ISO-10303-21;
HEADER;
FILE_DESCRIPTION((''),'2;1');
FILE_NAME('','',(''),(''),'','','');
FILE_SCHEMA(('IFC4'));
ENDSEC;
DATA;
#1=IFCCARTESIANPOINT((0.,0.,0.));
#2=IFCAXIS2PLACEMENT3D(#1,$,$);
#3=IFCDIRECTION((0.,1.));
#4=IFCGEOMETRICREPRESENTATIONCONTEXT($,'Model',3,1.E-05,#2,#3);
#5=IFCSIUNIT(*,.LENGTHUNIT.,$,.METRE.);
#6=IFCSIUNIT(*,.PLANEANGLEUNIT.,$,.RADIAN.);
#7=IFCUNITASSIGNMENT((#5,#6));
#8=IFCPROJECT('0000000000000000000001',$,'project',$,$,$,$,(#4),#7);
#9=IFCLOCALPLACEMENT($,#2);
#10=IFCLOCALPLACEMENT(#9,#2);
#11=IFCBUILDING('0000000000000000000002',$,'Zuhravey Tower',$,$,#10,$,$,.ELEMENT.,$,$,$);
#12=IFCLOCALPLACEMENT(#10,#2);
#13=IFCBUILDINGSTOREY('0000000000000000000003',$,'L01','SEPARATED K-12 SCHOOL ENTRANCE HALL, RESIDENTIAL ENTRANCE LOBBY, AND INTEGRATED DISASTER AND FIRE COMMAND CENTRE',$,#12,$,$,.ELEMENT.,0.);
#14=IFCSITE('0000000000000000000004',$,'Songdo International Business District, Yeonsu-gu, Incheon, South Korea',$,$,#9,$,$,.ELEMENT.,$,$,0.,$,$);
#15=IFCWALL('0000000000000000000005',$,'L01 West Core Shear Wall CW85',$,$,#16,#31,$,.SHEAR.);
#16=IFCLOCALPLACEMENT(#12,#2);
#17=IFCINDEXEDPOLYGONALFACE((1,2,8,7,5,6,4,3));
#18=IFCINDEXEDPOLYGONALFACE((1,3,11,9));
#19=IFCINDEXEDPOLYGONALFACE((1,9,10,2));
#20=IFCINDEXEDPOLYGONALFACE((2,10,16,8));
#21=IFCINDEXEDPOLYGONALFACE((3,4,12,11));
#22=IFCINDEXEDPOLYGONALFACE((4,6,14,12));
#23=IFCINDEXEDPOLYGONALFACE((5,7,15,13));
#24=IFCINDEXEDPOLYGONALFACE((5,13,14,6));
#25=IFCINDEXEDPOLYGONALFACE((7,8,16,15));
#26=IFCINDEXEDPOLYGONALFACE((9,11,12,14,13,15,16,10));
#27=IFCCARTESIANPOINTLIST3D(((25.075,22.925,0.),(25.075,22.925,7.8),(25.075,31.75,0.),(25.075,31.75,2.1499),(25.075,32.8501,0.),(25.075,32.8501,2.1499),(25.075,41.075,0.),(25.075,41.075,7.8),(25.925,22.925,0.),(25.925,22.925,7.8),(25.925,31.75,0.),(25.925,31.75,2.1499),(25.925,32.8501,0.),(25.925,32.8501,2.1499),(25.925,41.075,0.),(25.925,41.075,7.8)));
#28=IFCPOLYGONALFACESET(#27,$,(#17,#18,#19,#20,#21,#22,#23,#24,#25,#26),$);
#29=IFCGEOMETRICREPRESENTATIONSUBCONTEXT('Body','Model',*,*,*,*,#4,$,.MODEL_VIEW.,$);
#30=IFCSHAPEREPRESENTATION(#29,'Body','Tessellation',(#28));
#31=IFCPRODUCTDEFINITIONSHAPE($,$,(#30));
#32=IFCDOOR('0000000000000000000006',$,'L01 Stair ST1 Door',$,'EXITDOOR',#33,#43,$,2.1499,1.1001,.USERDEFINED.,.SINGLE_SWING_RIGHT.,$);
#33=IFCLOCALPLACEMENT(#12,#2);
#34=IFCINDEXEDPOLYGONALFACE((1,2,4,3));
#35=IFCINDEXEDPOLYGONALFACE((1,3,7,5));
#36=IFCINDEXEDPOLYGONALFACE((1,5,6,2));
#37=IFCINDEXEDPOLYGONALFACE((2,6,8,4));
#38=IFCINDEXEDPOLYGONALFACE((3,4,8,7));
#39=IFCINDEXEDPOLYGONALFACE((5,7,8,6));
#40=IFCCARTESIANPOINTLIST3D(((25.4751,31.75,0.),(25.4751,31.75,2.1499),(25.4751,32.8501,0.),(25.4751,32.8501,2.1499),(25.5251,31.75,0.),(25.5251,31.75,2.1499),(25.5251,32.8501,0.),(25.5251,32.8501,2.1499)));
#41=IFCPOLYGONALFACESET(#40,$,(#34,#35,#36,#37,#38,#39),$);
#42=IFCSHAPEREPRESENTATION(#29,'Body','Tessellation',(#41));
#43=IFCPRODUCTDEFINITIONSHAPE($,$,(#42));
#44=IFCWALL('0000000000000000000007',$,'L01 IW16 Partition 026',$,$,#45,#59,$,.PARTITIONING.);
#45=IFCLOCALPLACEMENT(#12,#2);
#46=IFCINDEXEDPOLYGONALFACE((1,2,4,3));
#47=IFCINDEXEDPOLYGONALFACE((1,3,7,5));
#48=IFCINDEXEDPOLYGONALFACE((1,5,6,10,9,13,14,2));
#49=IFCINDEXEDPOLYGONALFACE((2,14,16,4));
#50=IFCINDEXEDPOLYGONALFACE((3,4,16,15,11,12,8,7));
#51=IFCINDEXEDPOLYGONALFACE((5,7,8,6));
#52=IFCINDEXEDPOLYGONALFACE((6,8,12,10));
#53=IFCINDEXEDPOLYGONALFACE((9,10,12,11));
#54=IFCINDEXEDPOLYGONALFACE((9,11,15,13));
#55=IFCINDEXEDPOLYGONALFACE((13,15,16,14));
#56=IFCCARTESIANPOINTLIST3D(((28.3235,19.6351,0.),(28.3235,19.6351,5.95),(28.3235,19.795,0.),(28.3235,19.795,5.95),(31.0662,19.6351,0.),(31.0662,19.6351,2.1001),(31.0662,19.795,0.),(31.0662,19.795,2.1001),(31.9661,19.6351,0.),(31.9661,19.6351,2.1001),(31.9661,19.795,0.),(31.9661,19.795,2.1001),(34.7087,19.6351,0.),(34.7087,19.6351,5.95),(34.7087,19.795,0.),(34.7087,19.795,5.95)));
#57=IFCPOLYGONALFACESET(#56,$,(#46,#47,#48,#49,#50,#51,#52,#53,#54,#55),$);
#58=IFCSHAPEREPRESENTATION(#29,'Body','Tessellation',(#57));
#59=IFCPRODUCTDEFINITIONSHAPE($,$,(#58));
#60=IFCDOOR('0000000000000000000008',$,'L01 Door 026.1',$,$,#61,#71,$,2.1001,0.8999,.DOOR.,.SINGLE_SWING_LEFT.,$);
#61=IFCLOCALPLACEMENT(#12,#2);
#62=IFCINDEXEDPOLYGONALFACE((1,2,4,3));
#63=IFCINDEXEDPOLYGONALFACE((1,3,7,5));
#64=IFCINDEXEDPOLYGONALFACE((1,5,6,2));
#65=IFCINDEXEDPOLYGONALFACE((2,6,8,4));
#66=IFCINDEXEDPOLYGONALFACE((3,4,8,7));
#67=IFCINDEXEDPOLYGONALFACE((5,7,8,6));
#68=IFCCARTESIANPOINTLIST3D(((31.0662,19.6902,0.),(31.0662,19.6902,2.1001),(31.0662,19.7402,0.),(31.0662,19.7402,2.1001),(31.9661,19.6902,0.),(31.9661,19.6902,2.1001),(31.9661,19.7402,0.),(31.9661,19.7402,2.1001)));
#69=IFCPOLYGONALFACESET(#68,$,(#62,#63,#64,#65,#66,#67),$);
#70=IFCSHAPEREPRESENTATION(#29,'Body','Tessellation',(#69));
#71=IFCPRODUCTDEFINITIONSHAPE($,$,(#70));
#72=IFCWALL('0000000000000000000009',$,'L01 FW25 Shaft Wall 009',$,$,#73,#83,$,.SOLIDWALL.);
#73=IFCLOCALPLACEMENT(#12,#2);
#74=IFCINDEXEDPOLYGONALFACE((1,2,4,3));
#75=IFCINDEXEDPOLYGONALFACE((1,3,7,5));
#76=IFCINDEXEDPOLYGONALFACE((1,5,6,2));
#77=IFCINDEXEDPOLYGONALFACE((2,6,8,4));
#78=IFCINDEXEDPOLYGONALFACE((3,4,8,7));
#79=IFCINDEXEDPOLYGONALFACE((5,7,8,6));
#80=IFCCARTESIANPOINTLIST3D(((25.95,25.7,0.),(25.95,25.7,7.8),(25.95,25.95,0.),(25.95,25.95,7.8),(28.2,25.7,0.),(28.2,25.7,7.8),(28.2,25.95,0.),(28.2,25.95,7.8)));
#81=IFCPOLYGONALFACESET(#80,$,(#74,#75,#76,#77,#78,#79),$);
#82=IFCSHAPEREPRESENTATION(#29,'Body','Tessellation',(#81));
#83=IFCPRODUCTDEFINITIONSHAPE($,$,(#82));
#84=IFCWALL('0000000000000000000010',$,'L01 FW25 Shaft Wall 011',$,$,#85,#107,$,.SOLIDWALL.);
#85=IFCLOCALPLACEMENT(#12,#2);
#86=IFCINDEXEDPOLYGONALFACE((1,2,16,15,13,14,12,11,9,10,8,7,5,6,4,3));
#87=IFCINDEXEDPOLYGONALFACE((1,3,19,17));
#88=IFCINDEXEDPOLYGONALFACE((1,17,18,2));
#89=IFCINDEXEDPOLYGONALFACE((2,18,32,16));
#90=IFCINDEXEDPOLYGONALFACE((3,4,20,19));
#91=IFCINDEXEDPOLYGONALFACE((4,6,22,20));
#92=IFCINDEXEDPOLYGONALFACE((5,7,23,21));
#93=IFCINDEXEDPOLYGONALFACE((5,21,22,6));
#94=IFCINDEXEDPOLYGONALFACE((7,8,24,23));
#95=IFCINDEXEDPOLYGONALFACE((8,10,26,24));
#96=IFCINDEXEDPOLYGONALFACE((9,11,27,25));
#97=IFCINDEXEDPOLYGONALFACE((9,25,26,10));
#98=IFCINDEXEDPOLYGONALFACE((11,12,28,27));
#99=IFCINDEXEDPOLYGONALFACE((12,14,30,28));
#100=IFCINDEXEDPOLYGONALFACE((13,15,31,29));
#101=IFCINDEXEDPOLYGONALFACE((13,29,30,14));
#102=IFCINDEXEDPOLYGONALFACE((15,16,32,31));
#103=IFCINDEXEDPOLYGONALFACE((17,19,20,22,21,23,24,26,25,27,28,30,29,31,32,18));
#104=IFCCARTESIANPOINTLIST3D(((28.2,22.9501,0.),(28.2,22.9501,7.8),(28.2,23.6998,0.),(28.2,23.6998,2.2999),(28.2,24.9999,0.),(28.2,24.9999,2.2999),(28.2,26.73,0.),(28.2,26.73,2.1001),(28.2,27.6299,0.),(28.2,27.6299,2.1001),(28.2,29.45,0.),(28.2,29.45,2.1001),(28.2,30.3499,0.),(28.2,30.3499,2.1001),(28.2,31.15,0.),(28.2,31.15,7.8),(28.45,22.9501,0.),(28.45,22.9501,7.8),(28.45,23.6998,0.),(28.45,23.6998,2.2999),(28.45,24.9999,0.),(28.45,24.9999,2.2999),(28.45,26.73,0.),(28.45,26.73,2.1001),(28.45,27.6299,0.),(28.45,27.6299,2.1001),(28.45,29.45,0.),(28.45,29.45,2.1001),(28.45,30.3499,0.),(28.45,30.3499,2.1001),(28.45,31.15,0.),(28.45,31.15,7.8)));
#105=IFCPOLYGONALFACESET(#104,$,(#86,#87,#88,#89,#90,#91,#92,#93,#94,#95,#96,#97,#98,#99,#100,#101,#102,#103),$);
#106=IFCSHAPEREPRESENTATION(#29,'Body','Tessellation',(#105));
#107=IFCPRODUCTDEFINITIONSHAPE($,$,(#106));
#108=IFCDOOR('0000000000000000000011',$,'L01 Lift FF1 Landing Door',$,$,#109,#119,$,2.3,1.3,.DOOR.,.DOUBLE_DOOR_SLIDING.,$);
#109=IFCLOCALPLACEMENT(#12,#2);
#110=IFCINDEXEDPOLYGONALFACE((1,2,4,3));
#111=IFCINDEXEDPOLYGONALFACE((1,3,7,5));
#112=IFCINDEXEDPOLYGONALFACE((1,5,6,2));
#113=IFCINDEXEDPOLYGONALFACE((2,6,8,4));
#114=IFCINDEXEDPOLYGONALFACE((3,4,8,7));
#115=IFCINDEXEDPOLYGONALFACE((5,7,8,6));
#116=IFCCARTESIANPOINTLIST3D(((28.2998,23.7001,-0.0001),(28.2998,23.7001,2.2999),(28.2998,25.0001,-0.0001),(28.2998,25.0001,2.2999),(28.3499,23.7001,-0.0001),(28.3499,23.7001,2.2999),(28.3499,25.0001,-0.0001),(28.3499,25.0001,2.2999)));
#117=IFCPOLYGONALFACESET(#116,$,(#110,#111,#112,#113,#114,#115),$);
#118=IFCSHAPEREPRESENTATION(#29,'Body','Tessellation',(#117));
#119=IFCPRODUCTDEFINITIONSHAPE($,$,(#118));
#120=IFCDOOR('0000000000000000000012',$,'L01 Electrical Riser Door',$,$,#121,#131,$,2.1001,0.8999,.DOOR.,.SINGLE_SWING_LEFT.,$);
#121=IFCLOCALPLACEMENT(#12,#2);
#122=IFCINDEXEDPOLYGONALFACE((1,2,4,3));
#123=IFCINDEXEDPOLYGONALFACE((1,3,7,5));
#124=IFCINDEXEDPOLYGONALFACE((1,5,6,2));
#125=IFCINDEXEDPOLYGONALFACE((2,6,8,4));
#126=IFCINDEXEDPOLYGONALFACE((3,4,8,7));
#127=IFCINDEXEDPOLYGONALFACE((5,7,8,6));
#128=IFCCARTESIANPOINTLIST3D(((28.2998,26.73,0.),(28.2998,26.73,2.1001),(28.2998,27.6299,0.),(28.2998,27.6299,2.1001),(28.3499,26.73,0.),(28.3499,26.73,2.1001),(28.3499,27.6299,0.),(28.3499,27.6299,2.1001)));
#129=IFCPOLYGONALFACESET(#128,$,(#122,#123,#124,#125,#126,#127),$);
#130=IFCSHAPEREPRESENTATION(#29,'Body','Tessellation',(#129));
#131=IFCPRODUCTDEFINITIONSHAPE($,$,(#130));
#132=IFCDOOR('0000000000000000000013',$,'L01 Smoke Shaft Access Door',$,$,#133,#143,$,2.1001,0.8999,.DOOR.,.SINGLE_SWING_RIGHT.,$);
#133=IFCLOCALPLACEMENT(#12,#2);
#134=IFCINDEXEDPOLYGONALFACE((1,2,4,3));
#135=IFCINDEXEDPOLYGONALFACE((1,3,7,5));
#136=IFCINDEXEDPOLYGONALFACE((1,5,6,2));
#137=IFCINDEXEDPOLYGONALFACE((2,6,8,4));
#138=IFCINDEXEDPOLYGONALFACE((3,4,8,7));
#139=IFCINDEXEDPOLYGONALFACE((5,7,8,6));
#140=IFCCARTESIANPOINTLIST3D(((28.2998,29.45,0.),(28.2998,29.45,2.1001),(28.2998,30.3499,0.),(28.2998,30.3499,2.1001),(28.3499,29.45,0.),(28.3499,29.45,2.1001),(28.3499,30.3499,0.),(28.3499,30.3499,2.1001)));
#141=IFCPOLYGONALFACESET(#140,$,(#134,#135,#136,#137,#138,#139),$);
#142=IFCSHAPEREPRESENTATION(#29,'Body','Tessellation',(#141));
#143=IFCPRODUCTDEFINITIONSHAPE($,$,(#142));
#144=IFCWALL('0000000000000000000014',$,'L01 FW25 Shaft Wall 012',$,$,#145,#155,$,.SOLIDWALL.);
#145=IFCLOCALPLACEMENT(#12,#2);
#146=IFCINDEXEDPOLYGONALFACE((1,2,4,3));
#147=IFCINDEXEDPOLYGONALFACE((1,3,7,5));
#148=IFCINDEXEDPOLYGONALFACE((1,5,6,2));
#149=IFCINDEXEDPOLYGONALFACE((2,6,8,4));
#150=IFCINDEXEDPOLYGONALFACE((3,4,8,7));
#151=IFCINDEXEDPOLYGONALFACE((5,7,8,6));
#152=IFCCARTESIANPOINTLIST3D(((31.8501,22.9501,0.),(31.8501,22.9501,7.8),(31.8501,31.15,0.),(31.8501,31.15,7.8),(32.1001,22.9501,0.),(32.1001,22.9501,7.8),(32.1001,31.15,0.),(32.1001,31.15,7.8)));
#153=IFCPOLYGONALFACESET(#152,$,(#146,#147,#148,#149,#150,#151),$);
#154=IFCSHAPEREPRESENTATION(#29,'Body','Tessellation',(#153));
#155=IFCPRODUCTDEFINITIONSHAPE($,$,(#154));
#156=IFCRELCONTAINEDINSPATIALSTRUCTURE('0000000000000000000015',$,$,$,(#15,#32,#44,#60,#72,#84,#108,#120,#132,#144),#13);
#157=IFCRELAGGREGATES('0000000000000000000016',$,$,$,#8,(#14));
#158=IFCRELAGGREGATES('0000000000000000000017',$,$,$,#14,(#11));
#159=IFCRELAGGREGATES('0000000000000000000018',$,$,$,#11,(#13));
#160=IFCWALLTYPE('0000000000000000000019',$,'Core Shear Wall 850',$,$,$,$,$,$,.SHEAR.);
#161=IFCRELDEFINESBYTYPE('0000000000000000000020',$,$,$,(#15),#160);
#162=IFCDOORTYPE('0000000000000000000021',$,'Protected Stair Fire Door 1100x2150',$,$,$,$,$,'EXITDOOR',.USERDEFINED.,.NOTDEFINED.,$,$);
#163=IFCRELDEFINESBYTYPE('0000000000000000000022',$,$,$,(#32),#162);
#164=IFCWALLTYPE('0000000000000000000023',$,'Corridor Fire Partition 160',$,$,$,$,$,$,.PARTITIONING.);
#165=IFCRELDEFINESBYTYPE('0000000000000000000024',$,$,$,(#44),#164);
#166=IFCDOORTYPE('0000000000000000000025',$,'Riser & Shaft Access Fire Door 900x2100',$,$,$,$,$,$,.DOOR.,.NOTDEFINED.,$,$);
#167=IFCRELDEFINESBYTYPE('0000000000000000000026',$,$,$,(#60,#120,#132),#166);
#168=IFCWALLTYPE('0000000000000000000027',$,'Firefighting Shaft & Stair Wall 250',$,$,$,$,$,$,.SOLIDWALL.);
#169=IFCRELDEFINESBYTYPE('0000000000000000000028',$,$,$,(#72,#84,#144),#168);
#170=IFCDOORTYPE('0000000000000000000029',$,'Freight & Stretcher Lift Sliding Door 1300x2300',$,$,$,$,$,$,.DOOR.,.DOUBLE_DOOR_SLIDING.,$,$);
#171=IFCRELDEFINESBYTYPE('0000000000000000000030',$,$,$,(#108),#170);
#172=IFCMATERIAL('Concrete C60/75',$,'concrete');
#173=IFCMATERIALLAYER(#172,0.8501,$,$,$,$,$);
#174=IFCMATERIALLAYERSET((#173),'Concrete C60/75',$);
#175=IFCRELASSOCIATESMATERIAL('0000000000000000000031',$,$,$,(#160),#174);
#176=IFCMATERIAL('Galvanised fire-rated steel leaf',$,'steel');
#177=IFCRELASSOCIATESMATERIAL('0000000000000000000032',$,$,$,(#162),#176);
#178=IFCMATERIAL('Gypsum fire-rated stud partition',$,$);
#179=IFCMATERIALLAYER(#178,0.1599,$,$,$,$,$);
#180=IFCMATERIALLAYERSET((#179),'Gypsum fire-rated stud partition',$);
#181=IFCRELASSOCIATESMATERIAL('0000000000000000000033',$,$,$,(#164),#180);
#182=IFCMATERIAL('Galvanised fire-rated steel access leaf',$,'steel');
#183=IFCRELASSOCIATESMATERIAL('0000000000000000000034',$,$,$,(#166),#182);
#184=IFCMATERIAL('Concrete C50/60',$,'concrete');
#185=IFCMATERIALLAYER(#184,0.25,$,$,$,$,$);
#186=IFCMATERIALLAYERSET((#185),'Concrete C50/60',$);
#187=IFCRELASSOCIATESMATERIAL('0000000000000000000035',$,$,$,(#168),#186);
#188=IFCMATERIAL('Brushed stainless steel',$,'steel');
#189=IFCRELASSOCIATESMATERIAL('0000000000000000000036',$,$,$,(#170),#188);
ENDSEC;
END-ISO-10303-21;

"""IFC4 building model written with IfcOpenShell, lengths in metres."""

from ifc_helpers import new_model, si_unit, direction, frame, frame_2d, origin, place, context, subcontext, project, spatial, rectangle, extrude, material, layer, layer_set, type_object, element, fill, save


model = new_model("IFC4")

# Units and contexts
model_context = context("Model", 3, precision=1e-05, world=origin(), true_north=direction((0.0, 1.0)))
body_context = subcontext(model_context, "Body", "Model", "MODEL_VIEW")
ifc_project = project(units=[si_unit("LENGTHUNIT", "METRE"), si_unit("PLANEANGLEUNIT", "RADIAN")], contexts=[model_context])

# Site, building, storey
site_placement = place(None, origin())
site = spatial("IfcSite", under=ifc_project, at=site_placement, Name="Songdo International Business District, Yeonsu-gu, Incheon, South Korea", CompositionType="ELEMENT", RefElevation=0.0)
building_placement = place(site_placement, origin())
building = spatial("IfcBuilding", under=site, at=building_placement, Name="Zuhravey Tower", CompositionType="ELEMENT")
storey_placement = place(building_placement, origin())
storey = spatial("IfcBuildingStorey", under=building, at=storey_placement, Name="L01", Description="SEPARATED K-12 SCHOOL ENTRANCE HALL, RESIDENTIAL ENTRANCE LOBBY, AND INTEGRATED DISASTER AND FIRE COMMAND CENTRE", CompositionType="ELEMENT", Elevation=0.0)

# Shared definitions
ifc_material_1 = material(Name="Concrete C60/75", Category="concrete")

# Walls, openings, doors
ifc_layer_1 = layer(ifc_material_1, 0.8501)
ifc_layer_set_1 = layer_set([ifc_layer_1], Name="Concrete C60/75")
wall_type_1 = type_object("IfcWallType", Name="Core Shear Wall 850", PredefinedType="SHEAR", material=ifc_layer_set_1)
ifc_material_2 = material(Name="Galvanised fire-rated steel leaf", Category="steel")
wall_1_placement = place(storey_placement, frame((25.5, 22.925, 0.0), z_axis=(0.0, 0.0, 1.0), x_axis=(0.0, 1.0, 0.0)))
wall_1 = element("IfcWall", 1, at=wall_1_placement, inside=storey, type_object=wall_type_1, Name="L01 West Core Shear Wall CW85", PredefinedType="SHEAR", context=body_context, shape_type="SweptSolid", body=[
    extrude(rectangle(XDim=18.1499, YDim=0.8501, at=frame_2d((9.075, 0.0))), origin(), (0.0, 0.0, 1.0), 7.8),
])
opening_1_placement = place(wall_1_placement, frame((8.825, 0.0, 0.0)))
opening_1 = element("IfcOpeningElement", 2, at=opening_1_placement, cuts=wall_1, PredefinedType="OPENING", context=body_context, shape_type="SweptSolid", body=[
    extrude(rectangle(XDim=1.1001, YDim=2.1499, at=frame_2d((0.55, 1.075))), frame((0.0, 0.437, 0.0), z_axis=(0.0, -1.0, 0.0), x_axis=(1.0, 0.0, 0.0)), (0.0, 0.0, 1.0), 0.874),
])
door_type_1 = type_object("IfcDoorType", Name="Protected Stair Fire Door 1100x2150", ElementType="EXITDOOR", OperationType="NOTDEFINED", PredefinedType="USERDEFINED", material=ifc_material_2)
door_1_placement = place(opening_1_placement, origin())
door_1 = element("IfcDoor", 3, at=door_1_placement, inside=storey, type_object=door_type_1, Name="L01 Stair ST1 Door", ObjectType="EXITDOOR", OperationType="SINGLE_SWING_RIGHT", OverallHeight=2.1499, OverallWidth=1.1001, PredefinedType="USERDEFINED", context=body_context, shape_type="SweptSolid", body=[
    extrude(rectangle(XDim=1.1001, YDim=2.1499, at=frame_2d((0.55, 1.075))), frame((0.0, 0.0249, 0.0), z_axis=(0.0, -1.0, 0.0), x_axis=(1.0, 0.0, 0.0)), (0.0, 0.0, 1.0), 0.05),
])
fill(opening_1, door_1)
ifc_material_3 = material(Name="Gypsum fire-rated stud partition")
ifc_layer_2 = layer(ifc_material_3, 0.1599)
ifc_layer_set_2 = layer_set([ifc_layer_2], Name="Gypsum fire-rated stud partition")
wall_type_2 = type_object("IfcWallType", Name="Corridor Fire Partition 160", PredefinedType="PARTITIONING", material=ifc_layer_set_2)
wall_2_placement = place(storey_placement, frame((28.3235, 19.7151, 0.0), z_axis=(0.0, 0.0, 1.0), x_axis=(1.0, 0.0, 0.0)))
wall_2 = element("IfcWall", 4, at=wall_2_placement, inside=storey, type_object=wall_type_2, Name="L01 IW16 Partition 026", PredefinedType="PARTITIONING", context=body_context, shape_type="SweptSolid", body=[
    extrude(rectangle(XDim=6.3853, YDim=0.1599, at=frame_2d((3.1926, 0.0))), origin(), (0.0, 0.0, 1.0), 5.95),
])
opening_2_placement = place(wall_2_placement, frame((2.7427, 0.0, 0.0)))
opening_2 = element("IfcOpeningElement", 5, at=opening_2_placement, cuts=wall_2, PredefinedType="OPENING", context=body_context, shape_type="SweptSolid", body=[
    extrude(rectangle(XDim=0.8999, YDim=2.1001, at=frame_2d((0.45, 1.05))), frame((0.0, 0.092, 0.0), z_axis=(0.0, -1.0, 0.0), x_axis=(1.0, 0.0, 0.0)), (0.0, 0.0, 1.0), 0.1838),
])
ifc_material_4 = material(Name="Galvanised fire-rated steel access leaf", Category="steel")
door_type_2 = type_object("IfcDoorType", Name="Riser & Shaft Access Fire Door 900x2100", OperationType="NOTDEFINED", PredefinedType="DOOR", material=ifc_material_4)
door_2_placement = place(opening_2_placement, frame((0.8999, 0.0, 0.0), z_axis=(0.0, 0.0, 1.0), x_axis=(-1.0, 0.0, 0.0)))
door_2 = element("IfcDoor", 6, at=door_2_placement, inside=storey, type_object=door_type_2, Name="L01 Door 026.1", OperationType="SINGLE_SWING_LEFT", OverallHeight=2.1001, OverallWidth=0.8999, PredefinedType="DOOR", context=body_context, shape_type="SweptSolid", body=[
    extrude(rectangle(XDim=0.8999, YDim=2.1001, at=frame_2d((0.45, 1.05))), frame((0.0, 0.0249, 0.0), z_axis=(0.0, -1.0, 0.0), x_axis=(1.0, 0.0, 0.0)), (0.0, 0.0, 1.0), 0.05),
])
fill(opening_2, door_2)

# Wall
ifc_material_5 = material(Name="Concrete C50/60", Category="concrete")
ifc_layer_3 = layer(ifc_material_5, 0.25)
ifc_layer_set_3 = layer_set([ifc_layer_3], Name="Concrete C50/60")
wall_type_3 = type_object("IfcWallType", Name="Firefighting Shaft & Stair Wall 250", PredefinedType="SOLIDWALL", material=ifc_layer_set_3)
wall_3_placement = place(storey_placement, frame((25.95, 25.825, 0.0), z_axis=(0.0, 0.0, 1.0), x_axis=(1.0, 0.0, 0.0)))
element("IfcWall", 7, at=wall_3_placement, inside=storey, type_object=wall_type_3, Name="L01 FW25 Shaft Wall 009", PredefinedType="SOLIDWALL", context=body_context, shape_type="SweptSolid", body=[
    extrude(rectangle(XDim=2.25, YDim=0.25, at=frame_2d((1.125, 0.0))), origin(), (0.0, 0.0, 1.0), 7.8),
])

# Wall, openings, doors
wall_4_placement = place(storey_placement, frame((28.325, 22.95, 0.0), z_axis=(0.0, 0.0, 1.0), x_axis=(0.0, 1.0, 0.0)))
wall_4 = element("IfcWall", 8, at=wall_4_placement, inside=storey, type_object=wall_type_3, Name="L01 FW25 Shaft Wall 011", PredefinedType="SOLIDWALL", context=body_context, shape_type="SweptSolid", body=[
    extrude(rectangle(XDim=8.2, YDim=0.25, at=frame_2d((4.1001, 0.0))), origin(), (0.0, 0.0, 1.0), 7.8),
])
opening_3_placement = place(wall_4_placement, frame((0.75, 0.0, 0.0)))
opening_3 = element("IfcOpeningElement", 9, at=opening_3_placement, cuts=wall_4, PredefinedType="OPENING", context=body_context, shape_type="SweptSolid", body=[
    extrude(rectangle(XDim=1.3, YDim=2.3, at=frame_2d((0.6499, 1.1499))), frame((0.0, 0.137, 0.0), z_axis=(0.0, -1.0, 0.0), x_axis=(1.0, 0.0, 0.0)), (0.0, 0.0, 1.0), 0.2739),
])
opening_4_placement = place(wall_4_placement, frame((3.78, 0.0, 0.0)))
opening_4 = element("IfcOpeningElement", 10, at=opening_4_placement, cuts=wall_4, PredefinedType="OPENING", context=body_context, shape_type="SweptSolid", body=[
    extrude(rectangle(XDim=0.8999, YDim=2.1001, at=frame_2d((0.45, 1.05))), frame((0.0, 0.137, 0.0), z_axis=(0.0, -1.0, 0.0), x_axis=(1.0, 0.0, 0.0)), (0.0, 0.0, 1.0), 0.2739),
])
opening_5_placement = place(wall_4_placement, frame((6.5, 0.0, 0.0)))
opening_5 = element("IfcOpeningElement", 11, at=opening_5_placement, cuts=wall_4, PredefinedType="OPENING", context=body_context, shape_type="SweptSolid", body=[
    extrude(rectangle(XDim=0.8999, YDim=2.1001, at=frame_2d((0.45, 1.05))), frame((0.0, 0.137, 0.0), z_axis=(0.0, -1.0, 0.0), x_axis=(1.0, 0.0, 0.0)), (0.0, 0.0, 1.0), 0.2739),
])
ifc_material_6 = material(Name="Brushed stainless steel", Category="steel")
door_type_3 = type_object("IfcDoorType", Name="Freight & Stretcher Lift Sliding Door 1300x2300", OperationType="DOUBLE_DOOR_SLIDING", PredefinedType="DOOR", material=ifc_material_6)
door_3_placement = place(opening_3_placement, frame((1.3, 0.0, 0.0), z_axis=(0.0, 0.0, 1.0), x_axis=(-1.0, 0.0, 0.0)))
door_3 = element("IfcDoor", 12, at=door_3_placement, inside=storey, type_object=door_type_3, Name="L01 Lift FF1 Landing Door", OperationType="DOUBLE_DOOR_SLIDING", OverallHeight=2.3, OverallWidth=1.3, PredefinedType="DOOR", context=body_context, shape_type="SweptSolid", body=[
    extrude(rectangle(XDim=1.3, YDim=2.3, at=frame_2d((0.6499, 1.1499))), frame((0.0, 0.0249, 0.0), z_axis=(0.0, -1.0, 0.0), x_axis=(1.0, 0.0, 0.0)), (0.0, 0.0, 1.0), 0.05),
])
fill(opening_3, door_3)
door_4_placement = place(opening_4_placement, frame((0.8999, 0.0, 0.0), z_axis=(0.0, 0.0, 1.0), x_axis=(-1.0, 0.0, 0.0)))
door_4 = element("IfcDoor", 13, at=door_4_placement, inside=storey, type_object=door_type_2, Name="L01 Electrical Riser Door", OperationType="SINGLE_SWING_LEFT", OverallHeight=2.1001, OverallWidth=0.8999, PredefinedType="DOOR", context=body_context, shape_type="SweptSolid", body=[
    extrude(rectangle(XDim=0.8999, YDim=2.1001, at=frame_2d((0.45, 1.05))), frame((0.0, 0.0249, 0.0), z_axis=(0.0, -1.0, 0.0), x_axis=(1.0, 0.0, 0.0)), (0.0, 0.0, 1.0), 0.05),
])
fill(opening_4, door_4)
door_5_placement = place(opening_5_placement, frame((0.8999, 0.0, 0.0), z_axis=(0.0, 0.0, 1.0), x_axis=(-1.0, 0.0, 0.0)))
door_5 = element("IfcDoor", 14, at=door_5_placement, inside=storey, type_object=door_type_2, Name="L01 Smoke Shaft Access Door", OperationType="SINGLE_SWING_RIGHT", OverallHeight=2.1001, OverallWidth=0.8999, PredefinedType="DOOR", context=body_context, shape_type="SweptSolid", body=[
    extrude(rectangle(XDim=0.8999, YDim=2.1001, at=frame_2d((0.45, 1.05))), frame((0.0, 0.0249, 0.0), z_axis=(0.0, -1.0, 0.0), x_axis=(1.0, 0.0, 0.0)), (0.0, 0.0, 1.0), 0.05),
])
fill(opening_5, door_5)

# Wall
wall_5_placement = place(storey_placement, frame((31.9751, 22.95, 0.0), z_axis=(0.0, 0.0, 1.0), x_axis=(0.0, 1.0, 0.0)))
element("IfcWall", 15, at=wall_5_placement, inside=storey, type_object=wall_type_3, Name="L01 FW25 Shaft Wall 012", PredefinedType="SOLIDWALL", context=body_context, shape_type="SweptSolid", body=[
    extrude(rectangle(XDim=8.2, YDim=0.25, at=frame_2d((4.1001, 0.0))), origin(), (0.0, 0.0, 1.0), 7.8),
])

save(model, "model.ifc")
